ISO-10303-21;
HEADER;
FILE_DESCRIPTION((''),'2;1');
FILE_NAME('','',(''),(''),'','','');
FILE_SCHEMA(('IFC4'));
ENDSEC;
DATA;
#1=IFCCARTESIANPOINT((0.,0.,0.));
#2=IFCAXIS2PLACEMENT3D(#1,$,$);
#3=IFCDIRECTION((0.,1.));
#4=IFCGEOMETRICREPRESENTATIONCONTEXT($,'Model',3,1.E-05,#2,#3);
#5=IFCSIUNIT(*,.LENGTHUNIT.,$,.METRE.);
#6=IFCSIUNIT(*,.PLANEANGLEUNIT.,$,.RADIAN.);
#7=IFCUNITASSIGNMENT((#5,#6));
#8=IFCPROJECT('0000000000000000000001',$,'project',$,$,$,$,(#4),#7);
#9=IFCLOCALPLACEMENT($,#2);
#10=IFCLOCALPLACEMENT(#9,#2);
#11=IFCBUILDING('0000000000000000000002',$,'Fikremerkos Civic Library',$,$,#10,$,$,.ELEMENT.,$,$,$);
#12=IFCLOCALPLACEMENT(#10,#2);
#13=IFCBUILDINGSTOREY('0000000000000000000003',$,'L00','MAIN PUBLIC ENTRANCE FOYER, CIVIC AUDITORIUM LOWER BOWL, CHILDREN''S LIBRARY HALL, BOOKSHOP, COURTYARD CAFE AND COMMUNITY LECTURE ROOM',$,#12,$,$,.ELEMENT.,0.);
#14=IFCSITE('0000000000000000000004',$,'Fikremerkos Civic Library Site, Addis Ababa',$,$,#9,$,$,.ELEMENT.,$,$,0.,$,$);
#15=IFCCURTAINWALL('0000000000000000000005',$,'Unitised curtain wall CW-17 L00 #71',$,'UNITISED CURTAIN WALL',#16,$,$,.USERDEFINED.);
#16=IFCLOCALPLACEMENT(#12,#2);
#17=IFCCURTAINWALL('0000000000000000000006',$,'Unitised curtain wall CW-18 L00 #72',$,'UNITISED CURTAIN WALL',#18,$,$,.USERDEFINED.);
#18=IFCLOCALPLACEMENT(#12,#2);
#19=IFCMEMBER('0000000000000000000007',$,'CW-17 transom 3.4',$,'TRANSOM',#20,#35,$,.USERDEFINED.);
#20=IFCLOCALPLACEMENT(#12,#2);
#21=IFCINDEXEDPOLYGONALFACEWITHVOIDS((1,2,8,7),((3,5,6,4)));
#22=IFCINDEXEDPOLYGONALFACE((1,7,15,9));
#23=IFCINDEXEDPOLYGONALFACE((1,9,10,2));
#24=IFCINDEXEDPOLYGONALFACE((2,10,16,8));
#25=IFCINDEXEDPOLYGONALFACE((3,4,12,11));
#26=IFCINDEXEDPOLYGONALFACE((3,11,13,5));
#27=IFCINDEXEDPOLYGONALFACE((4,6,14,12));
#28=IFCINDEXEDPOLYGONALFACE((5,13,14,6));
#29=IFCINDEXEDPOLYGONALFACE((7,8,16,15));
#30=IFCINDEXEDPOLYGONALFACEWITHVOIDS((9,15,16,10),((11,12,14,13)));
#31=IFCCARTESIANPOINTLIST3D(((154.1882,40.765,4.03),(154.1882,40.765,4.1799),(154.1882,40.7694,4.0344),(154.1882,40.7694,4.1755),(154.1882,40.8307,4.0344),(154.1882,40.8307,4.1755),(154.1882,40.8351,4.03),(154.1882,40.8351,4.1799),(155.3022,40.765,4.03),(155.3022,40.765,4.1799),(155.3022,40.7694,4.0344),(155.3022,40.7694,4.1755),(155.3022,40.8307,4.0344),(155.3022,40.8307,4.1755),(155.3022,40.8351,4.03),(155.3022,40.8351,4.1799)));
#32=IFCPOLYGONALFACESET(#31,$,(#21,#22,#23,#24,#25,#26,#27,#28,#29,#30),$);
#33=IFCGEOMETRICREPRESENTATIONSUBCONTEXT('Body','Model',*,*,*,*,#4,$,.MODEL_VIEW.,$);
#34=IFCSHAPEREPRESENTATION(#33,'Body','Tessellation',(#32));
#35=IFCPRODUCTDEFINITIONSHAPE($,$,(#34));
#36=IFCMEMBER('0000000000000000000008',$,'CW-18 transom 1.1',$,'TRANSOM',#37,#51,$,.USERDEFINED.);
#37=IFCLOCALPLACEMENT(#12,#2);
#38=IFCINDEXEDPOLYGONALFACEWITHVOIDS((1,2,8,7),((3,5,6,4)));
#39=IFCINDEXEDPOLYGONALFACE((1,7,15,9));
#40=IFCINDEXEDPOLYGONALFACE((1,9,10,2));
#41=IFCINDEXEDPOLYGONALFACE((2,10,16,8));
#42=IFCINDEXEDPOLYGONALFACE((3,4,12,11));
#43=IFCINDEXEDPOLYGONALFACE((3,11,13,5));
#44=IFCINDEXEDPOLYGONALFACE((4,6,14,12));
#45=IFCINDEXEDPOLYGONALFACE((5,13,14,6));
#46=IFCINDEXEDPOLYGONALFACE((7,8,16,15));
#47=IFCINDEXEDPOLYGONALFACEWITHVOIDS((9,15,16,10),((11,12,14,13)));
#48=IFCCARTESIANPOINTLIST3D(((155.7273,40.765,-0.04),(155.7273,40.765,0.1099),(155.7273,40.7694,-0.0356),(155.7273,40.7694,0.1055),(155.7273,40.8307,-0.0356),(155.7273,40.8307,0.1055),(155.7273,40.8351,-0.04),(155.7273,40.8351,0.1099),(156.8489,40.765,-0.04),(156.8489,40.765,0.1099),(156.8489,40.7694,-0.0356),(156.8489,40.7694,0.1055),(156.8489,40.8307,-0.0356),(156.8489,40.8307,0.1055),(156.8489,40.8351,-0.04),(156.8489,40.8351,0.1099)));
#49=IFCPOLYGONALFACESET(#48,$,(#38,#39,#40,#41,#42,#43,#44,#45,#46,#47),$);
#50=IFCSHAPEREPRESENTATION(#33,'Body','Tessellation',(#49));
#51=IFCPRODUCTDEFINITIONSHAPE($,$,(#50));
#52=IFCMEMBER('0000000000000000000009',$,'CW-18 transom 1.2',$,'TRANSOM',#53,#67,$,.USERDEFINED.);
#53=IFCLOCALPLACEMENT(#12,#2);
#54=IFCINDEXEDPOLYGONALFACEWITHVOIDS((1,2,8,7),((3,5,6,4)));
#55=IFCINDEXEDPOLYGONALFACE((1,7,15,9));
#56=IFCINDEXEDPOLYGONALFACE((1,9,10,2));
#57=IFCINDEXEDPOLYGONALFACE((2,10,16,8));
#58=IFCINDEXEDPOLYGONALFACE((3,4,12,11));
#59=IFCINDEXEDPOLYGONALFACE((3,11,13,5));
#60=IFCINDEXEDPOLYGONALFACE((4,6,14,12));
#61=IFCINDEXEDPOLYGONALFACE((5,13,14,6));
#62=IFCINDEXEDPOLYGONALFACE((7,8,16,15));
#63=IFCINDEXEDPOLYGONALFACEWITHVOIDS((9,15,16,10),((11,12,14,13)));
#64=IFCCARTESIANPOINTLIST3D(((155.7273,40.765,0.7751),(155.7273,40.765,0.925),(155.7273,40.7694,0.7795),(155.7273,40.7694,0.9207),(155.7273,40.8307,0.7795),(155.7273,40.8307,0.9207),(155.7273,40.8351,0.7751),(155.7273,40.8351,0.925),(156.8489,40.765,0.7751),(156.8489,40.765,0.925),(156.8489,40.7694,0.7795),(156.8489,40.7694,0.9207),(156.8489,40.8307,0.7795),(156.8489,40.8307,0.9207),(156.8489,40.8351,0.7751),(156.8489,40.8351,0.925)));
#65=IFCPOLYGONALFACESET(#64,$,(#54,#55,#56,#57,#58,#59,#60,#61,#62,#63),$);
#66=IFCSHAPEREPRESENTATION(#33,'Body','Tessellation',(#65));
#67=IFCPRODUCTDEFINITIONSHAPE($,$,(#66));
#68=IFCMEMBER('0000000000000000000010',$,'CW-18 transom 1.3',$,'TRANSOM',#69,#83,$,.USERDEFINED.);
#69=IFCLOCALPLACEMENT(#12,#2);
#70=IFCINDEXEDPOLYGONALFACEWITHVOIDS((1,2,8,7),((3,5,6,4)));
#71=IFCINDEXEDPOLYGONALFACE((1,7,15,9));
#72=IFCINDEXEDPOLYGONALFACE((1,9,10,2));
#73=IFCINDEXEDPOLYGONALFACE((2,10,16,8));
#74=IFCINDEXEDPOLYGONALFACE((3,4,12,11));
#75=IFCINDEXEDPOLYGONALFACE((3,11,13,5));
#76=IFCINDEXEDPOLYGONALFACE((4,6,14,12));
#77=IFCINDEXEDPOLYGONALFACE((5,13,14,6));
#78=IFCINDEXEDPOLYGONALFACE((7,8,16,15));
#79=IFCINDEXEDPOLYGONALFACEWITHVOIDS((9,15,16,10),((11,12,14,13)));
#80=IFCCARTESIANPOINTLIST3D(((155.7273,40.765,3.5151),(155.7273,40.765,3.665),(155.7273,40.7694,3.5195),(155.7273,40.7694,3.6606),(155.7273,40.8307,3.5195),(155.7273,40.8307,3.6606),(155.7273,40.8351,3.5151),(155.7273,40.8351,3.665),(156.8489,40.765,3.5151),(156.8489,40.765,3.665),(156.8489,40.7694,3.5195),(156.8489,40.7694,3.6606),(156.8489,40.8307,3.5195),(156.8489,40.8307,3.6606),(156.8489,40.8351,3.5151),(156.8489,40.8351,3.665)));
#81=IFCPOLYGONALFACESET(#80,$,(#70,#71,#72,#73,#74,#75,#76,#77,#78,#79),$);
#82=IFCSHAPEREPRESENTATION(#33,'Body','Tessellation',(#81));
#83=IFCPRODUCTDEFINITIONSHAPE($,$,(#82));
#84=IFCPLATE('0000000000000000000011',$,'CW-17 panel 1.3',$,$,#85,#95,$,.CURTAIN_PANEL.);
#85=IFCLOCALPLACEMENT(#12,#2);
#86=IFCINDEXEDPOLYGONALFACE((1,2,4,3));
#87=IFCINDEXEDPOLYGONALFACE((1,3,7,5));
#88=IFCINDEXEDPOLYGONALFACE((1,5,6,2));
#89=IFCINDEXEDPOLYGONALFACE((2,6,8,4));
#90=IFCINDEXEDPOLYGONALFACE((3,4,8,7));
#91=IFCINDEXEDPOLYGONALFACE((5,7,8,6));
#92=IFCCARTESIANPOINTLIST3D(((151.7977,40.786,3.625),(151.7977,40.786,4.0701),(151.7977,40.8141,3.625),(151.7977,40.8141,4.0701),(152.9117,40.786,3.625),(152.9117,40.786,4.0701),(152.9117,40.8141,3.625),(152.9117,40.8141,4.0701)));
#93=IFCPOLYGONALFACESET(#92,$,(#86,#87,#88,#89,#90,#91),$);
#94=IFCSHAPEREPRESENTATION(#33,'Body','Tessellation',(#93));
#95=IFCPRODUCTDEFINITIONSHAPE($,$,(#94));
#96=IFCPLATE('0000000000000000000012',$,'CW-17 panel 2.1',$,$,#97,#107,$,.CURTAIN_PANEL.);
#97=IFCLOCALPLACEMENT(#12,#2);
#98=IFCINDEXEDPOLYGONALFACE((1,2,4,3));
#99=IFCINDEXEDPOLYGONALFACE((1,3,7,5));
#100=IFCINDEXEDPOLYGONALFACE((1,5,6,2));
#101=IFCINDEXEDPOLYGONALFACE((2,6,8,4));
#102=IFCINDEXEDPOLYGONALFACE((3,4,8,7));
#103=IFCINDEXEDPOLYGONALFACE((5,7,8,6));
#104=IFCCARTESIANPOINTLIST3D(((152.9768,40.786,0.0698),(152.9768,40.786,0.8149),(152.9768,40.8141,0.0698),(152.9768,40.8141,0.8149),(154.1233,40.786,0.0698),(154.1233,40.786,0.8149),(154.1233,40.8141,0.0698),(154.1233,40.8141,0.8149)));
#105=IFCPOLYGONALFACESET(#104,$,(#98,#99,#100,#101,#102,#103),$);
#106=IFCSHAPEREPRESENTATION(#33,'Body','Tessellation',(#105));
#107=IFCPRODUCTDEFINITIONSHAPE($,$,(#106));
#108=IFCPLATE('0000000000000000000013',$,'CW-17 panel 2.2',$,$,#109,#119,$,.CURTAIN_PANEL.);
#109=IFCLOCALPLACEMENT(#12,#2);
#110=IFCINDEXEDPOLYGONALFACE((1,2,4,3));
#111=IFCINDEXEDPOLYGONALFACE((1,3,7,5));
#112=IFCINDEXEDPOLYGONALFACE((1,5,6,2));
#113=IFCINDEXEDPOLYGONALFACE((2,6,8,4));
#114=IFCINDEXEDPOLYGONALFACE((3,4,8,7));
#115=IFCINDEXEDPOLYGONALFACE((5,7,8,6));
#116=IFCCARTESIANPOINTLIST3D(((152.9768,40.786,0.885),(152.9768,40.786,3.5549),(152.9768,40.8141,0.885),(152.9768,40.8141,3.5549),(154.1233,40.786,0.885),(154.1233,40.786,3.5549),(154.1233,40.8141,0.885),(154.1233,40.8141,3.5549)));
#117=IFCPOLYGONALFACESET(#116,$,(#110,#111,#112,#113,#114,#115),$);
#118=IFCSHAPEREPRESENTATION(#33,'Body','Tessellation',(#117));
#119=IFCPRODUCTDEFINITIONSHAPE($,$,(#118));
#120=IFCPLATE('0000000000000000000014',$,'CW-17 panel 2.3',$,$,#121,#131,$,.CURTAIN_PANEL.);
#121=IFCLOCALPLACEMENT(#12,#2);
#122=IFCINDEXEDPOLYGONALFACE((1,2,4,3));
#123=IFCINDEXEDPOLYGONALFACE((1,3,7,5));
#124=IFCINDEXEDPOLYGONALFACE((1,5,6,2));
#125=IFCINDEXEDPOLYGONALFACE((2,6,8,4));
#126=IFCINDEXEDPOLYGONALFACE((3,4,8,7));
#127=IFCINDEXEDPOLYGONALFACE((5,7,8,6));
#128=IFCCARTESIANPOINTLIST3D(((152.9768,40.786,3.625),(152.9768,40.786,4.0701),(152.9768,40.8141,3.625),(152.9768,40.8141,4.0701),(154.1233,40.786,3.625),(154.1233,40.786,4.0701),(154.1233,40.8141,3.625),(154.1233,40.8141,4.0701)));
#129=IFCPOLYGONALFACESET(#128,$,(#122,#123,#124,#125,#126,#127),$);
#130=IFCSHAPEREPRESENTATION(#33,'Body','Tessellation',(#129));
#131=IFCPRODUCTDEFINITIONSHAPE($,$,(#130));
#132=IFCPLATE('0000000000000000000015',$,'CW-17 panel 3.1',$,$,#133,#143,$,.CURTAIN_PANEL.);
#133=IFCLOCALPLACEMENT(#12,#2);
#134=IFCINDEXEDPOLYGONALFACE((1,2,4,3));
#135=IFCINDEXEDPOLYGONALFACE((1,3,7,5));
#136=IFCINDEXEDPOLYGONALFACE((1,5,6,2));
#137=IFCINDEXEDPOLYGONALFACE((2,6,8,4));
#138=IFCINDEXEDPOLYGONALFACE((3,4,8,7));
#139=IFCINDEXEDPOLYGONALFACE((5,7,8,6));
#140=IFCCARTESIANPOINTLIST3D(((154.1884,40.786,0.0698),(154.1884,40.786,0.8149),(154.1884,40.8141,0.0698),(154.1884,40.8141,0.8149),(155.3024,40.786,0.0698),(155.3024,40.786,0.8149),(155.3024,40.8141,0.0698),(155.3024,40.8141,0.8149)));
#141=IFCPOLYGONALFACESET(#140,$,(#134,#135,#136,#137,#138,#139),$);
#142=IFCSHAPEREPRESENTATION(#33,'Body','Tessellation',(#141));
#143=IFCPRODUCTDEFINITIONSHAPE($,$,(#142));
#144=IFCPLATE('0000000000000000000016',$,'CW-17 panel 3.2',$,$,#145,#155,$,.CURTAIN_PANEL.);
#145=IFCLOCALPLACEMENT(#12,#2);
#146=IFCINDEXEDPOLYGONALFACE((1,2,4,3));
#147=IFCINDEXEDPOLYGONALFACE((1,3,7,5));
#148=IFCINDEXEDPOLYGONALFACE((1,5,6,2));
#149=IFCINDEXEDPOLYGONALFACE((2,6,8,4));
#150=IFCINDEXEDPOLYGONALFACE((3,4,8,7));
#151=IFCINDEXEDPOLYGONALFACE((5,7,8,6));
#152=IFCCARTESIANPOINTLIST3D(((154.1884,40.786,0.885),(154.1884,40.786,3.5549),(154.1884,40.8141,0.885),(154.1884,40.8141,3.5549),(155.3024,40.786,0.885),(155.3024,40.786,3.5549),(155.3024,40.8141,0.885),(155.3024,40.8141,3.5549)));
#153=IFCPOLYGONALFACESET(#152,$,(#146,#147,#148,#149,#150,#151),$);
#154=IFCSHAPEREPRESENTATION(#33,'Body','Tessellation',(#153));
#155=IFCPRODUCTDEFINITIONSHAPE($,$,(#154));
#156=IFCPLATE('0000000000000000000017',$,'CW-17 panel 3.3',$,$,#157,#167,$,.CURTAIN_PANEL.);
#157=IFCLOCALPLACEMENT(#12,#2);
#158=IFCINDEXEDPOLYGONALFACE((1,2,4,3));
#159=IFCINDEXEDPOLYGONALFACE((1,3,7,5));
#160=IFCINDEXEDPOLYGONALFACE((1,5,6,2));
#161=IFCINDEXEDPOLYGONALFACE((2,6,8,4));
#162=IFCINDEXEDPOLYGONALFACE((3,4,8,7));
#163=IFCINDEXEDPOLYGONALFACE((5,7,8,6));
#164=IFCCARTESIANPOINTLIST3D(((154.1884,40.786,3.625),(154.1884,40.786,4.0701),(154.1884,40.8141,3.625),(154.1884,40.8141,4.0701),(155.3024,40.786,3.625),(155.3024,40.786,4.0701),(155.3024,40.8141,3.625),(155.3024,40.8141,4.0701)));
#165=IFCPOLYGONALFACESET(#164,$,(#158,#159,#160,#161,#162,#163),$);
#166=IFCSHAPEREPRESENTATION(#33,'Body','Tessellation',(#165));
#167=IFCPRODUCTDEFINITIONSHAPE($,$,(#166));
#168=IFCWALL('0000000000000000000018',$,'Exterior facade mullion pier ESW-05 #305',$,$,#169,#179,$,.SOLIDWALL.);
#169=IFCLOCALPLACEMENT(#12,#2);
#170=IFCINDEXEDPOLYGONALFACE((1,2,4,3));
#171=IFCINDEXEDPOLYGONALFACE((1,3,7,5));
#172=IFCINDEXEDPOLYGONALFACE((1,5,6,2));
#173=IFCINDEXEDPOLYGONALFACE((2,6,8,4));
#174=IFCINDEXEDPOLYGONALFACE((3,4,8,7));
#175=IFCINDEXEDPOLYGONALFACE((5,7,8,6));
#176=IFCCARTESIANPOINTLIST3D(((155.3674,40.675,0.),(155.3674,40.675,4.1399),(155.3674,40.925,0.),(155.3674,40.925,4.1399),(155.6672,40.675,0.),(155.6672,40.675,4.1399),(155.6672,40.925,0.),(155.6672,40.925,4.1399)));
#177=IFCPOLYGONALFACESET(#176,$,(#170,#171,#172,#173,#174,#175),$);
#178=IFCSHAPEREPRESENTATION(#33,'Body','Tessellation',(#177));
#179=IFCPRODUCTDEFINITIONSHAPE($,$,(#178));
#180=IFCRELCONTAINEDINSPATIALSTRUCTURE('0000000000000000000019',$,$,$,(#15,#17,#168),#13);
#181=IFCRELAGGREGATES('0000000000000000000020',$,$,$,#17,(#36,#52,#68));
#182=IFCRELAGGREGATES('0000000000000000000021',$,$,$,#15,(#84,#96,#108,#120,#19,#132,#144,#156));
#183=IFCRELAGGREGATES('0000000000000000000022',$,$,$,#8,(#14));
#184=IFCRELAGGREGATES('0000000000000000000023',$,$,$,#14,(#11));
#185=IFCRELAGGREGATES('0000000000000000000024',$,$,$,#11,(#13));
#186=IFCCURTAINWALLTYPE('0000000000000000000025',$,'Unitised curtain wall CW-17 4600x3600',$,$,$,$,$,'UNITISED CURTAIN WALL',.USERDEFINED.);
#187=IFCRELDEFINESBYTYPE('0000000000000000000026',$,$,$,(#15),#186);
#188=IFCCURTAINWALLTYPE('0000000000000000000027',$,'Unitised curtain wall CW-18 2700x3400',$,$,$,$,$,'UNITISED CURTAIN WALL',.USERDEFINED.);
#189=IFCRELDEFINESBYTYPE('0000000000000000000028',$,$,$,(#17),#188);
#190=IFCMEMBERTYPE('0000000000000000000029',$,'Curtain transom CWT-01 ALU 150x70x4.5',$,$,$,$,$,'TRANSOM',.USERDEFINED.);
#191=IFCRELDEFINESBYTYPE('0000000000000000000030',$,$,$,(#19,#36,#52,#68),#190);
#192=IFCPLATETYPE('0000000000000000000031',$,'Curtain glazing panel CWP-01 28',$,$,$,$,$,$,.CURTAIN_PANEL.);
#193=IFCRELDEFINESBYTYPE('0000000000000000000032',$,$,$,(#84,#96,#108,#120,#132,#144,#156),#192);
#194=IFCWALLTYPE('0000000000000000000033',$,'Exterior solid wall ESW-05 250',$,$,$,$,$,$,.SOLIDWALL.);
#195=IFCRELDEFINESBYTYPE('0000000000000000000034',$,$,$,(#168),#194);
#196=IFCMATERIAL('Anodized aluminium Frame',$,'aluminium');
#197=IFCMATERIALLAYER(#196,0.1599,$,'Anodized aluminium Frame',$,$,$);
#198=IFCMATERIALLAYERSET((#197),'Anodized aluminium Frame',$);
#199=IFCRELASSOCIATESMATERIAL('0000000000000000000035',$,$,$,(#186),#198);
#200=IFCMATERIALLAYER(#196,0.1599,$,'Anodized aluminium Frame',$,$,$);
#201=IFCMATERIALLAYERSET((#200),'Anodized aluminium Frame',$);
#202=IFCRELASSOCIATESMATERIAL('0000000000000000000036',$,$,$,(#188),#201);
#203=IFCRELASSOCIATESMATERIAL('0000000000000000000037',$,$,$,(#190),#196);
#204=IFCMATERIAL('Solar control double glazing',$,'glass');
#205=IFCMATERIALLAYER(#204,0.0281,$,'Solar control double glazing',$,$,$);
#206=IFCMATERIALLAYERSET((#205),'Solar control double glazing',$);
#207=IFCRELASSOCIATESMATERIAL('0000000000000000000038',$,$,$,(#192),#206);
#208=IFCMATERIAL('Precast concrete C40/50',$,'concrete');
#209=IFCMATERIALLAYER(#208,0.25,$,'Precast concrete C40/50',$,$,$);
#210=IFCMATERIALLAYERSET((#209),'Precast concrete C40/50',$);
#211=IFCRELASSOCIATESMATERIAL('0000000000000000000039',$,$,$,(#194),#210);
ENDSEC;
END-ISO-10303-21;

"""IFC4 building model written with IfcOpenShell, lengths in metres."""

from ifc_helpers import new_model, si_unit, direction, frame, frame_2d, origin, origin_2d, place, context, subcontext, project, spatial, rectangle, hollow_rectangle, extrude, material, layer, layer_set, material_profile, profile_set, type_object, element, aggregate, save


model = new_model("IFC4")

# Units and contexts
model_context = context("Model", 3, precision=1e-05, world=origin(), true_north=direction((0.0, 1.0)))
body_context = subcontext(model_context, "Body", "Model", "MODEL_VIEW")
ifc_project = project(units=[si_unit("LENGTHUNIT", "METRE"), si_unit("PLANEANGLEUNIT", "RADIAN")], contexts=[model_context])

# Site, building, storey
site_placement = place(None, origin())
site = spatial("IfcSite", under=ifc_project, at=site_placement, Name="Fikremerkos Civic Library Site, Addis Ababa", CompositionType="ELEMENT", RefElevation=0.0)
building_placement = place(site_placement, origin())
building = spatial("IfcBuilding", under=site, at=building_placement, Name="Fikremerkos Civic Library", CompositionType="ELEMENT")
storey_placement = place(building_placement, origin())
storey = spatial("IfcBuildingStorey", under=building, at=storey_placement, Name="L00", Description="MAIN PUBLIC ENTRANCE FOYER, CIVIC AUDITORIUM LOWER BOWL, CHILDREN'S LIBRARY HALL, BOOKSHOP, COURTYARD CAFE AND COMMUNITY LECTURE ROOM", CompositionType="ELEMENT", Elevation=0.0)

# Curtain wall
ifc_material_1 = material(Name="Anodized aluminium Frame", Category="aluminium")
ifc_layer_1 = layer(ifc_material_1, 0.1599, Name="Anodized aluminium Frame")
ifc_layer_set_1 = layer_set([ifc_layer_1], Name="Anodized aluminium Frame")
curtain_wall_type_1 = type_object("IfcCurtainWallType", Name="Unitised curtain wall CW-17 4600x3600", ElementType="UNITISED CURTAIN WALL", PredefinedType="USERDEFINED", material=ifc_layer_set_1)
curtain_wall_1_placement = place(storey_placement, origin())
curtain_wall_1 = element("IfcCurtainWall", 1, at=curtain_wall_1_placement, inside=storey, type_object=curtain_wall_type_1, Name="Unitised curtain wall CW-17 L00 #71", ObjectType="UNITISED CURTAIN WALL", PredefinedType="USERDEFINED")

# Curtain wall
ifc_layer_2 = layer(ifc_material_1, 0.1599, Name="Anodized aluminium Frame")
ifc_layer_set_2 = layer_set([ifc_layer_2], Name="Anodized aluminium Frame")
curtain_wall_type_2 = type_object("IfcCurtainWallType", Name="Unitised curtain wall CW-18 2700x3400", ElementType="UNITISED CURTAIN WALL", PredefinedType="USERDEFINED", material=ifc_layer_set_2)
curtain_wall_2_placement = place(storey_placement, origin())
curtain_wall_2 = element("IfcCurtainWall", 2, at=curtain_wall_2_placement, inside=storey, type_object=curtain_wall_type_2, Name="Unitised curtain wall CW-18 L00 #72", ObjectType="UNITISED CURTAIN WALL", PredefinedType="USERDEFINED")

# Members
ifc_material_profile_1 = material_profile(ifc_material_1, hollow_rectangle(XDim=0.0701, YDim=0.1499, WallThickness=0.0044, at=origin_2d()), Name="ALU 150x70x4.5")
ifc_profile_set_1 = profile_set([ifc_material_profile_1], Name="Anodized aluminium Frame")
member_type_1 = type_object("IfcMemberType", Name="Curtain transom CWT-01 ALU 150x70x4.5", ElementType="TRANSOM", PredefinedType="USERDEFINED", material=ifc_profile_set_1)
member_1_placement = place(storey_placement, frame((154.1882, 40.8, 4.105), z_axis=(1.0, 0.0, 0.0), x_axis=(0.0, 1.0, 0.0)))
member_1 = element("IfcMember", 3, at=member_1_placement, type_object=member_type_1, Name="CW-17 transom 3.4", ObjectType="TRANSOM", PredefinedType="USERDEFINED", context=body_context, shape_type="SweptSolid", body=[
    extrude(hollow_rectangle(XDim=0.0701, YDim=0.1499, WallThickness=0.0044, at=origin_2d()), origin(), (0.0, 0.0, 1.0), 1.114),
])
member_2_placement = place(storey_placement, frame((155.7273, 40.8, 0.0349), z_axis=(1.0, 0.0, 0.0), x_axis=(0.0, 1.0, 0.0)))
member_2 = element("IfcMember", 4, at=member_2_placement, type_object=member_type_1, Name="CW-18 transom 1.1", ObjectType="TRANSOM", PredefinedType="USERDEFINED", context=body_context, shape_type="SweptSolid", body=[
    extrude(hollow_rectangle(XDim=0.0701, YDim=0.1499, WallThickness=0.0044, at=origin_2d()), origin(), (0.0, 0.0, 1.0), 1.1216),
])
member_3_placement = place(storey_placement, frame((155.7273, 40.8, 0.8501), z_axis=(1.0, 0.0, 0.0), x_axis=(0.0, 1.0, 0.0)))
member_3 = element("IfcMember", 5, at=member_3_placement, type_object=member_type_1, Name="CW-18 transom 1.2", ObjectType="TRANSOM", PredefinedType="USERDEFINED", context=body_context, shape_type="SweptSolid", body=[
    extrude(hollow_rectangle(XDim=0.0701, YDim=0.1499, WallThickness=0.0044, at=origin_2d()), origin(), (0.0, 0.0, 1.0), 1.1216),
])
member_4_placement = place(storey_placement, frame((155.7273, 40.8, 3.5901), z_axis=(1.0, 0.0, 0.0), x_axis=(0.0, 1.0, 0.0)))
member_4 = element("IfcMember", 6, at=member_4_placement, type_object=member_type_1, Name="CW-18 transom 1.3", ObjectType="TRANSOM", PredefinedType="USERDEFINED", context=body_context, shape_type="SweptSolid", body=[
    extrude(hollow_rectangle(XDim=0.0701, YDim=0.1499, WallThickness=0.0044, at=origin_2d()), origin(), (0.0, 0.0, 1.0), 1.1216),
])
aggregate(curtain_wall_2, [member_2, member_3, member_4])

# Plates
ifc_material_2 = material(Name="Solar control double glazing", Category="glass")
ifc_layer_3 = layer(ifc_material_2, 0.0281, Name="Solar control double glazing")
ifc_layer_set_3 = layer_set([ifc_layer_3], Name="Solar control double glazing")
plate_type = type_object("IfcPlateType", Name="Curtain glazing panel CWP-01 28", PredefinedType="CURTAIN_PANEL", material=ifc_layer_set_3)
plate_1_placement = place(storey_placement, frame((152.3547, 40.8, 3.625), z_axis=(0.0, 0.0, 1.0), x_axis=(1.0, 0.0, 0.0)))
plate_1 = element("IfcPlate", 7, at=plate_1_placement, type_object=plate_type, Name="CW-17 panel 1.3", PredefinedType="CURTAIN_PANEL", context=body_context, shape_type="SweptSolid", body=[
    extrude(rectangle(XDim=1.114, YDim=0.0281, at=origin_2d()), origin(), (0.0, 0.0, 1.0), 0.4451),
])
plate_2_placement = place(storey_placement, frame((153.55, 40.8, 0.0698), z_axis=(0.0, 0.0, 1.0), x_axis=(1.0, 0.0, 0.0)))
plate_2 = element("IfcPlate", 8, at=plate_2_placement, type_object=plate_type, Name="CW-17 panel 2.1", PredefinedType="CURTAIN_PANEL", context=body_context, shape_type="SweptSolid", body=[
    extrude(rectangle(XDim=1.1465, YDim=0.0281, at=origin_2d()), origin(), (0.0, 0.0, 1.0), 0.7451),
])
plate_3_placement = place(storey_placement, frame((153.55, 40.8, 0.885), z_axis=(0.0, 0.0, 1.0), x_axis=(1.0, 0.0, 0.0)))
plate_3 = element("IfcPlate", 9, at=plate_3_placement, type_object=plate_type, Name="CW-17 panel 2.2", PredefinedType="CURTAIN_PANEL", context=body_context, shape_type="SweptSolid", body=[
    extrude(rectangle(XDim=1.1465, YDim=0.0281, at=origin_2d()), origin(), (0.0, 0.0, 1.0), 2.6699),
])
plate_4_placement = place(storey_placement, frame((153.55, 40.8, 3.625), z_axis=(0.0, 0.0, 1.0), x_axis=(1.0, 0.0, 0.0)))
plate_4 = element("IfcPlate", 10, at=plate_4_placement, type_object=plate_type, Name="CW-17 panel 2.3", PredefinedType="CURTAIN_PANEL", context=body_context, shape_type="SweptSolid", body=[
    extrude(rectangle(XDim=1.1465, YDim=0.0281, at=origin_2d()), origin(), (0.0, 0.0, 1.0), 0.4451),
])
plate_5_placement = place(storey_placement, frame((154.7454, 40.8, 0.0698), z_axis=(0.0, 0.0, 1.0), x_axis=(1.0, 0.0, 0.0)))
plate_5 = element("IfcPlate", 11, at=plate_5_placement, type_object=plate_type, Name="CW-17 panel 3.1", PredefinedType="CURTAIN_PANEL", context=body_context, shape_type="SweptSolid", body=[
    extrude(rectangle(XDim=1.114, YDim=0.0281, at=origin_2d()), origin(), (0.0, 0.0, 1.0), 0.7451),
])
plate_6_placement = place(storey_placement, frame((154.7454, 40.8, 0.885), z_axis=(0.0, 0.0, 1.0), x_axis=(1.0, 0.0, 0.0)))
plate_6 = element("IfcPlate", 12, at=plate_6_placement, type_object=plate_type, Name="CW-17 panel 3.2", PredefinedType="CURTAIN_PANEL", context=body_context, shape_type="SweptSolid", body=[
    extrude(rectangle(XDim=1.114, YDim=0.0281, at=origin_2d()), origin(), (0.0, 0.0, 1.0), 2.6699),
])
plate_7_placement = place(storey_placement, frame((154.7454, 40.8, 3.625), z_axis=(0.0, 0.0, 1.0), x_axis=(1.0, 0.0, 0.0)))
plate_7 = element("IfcPlate", 13, at=plate_7_placement, type_object=plate_type, Name="CW-17 panel 3.3", PredefinedType="CURTAIN_PANEL", context=body_context, shape_type="SweptSolid", body=[
    extrude(rectangle(XDim=1.114, YDim=0.0281, at=origin_2d()), origin(), (0.0, 0.0, 1.0), 0.4451),
])
aggregate(curtain_wall_1, [plate_1, plate_2, plate_3, plate_4, member_1, plate_5, plate_6, plate_7])

# Wall
ifc_material_3 = material(Name="Precast concrete C40/50", Category="concrete")
ifc_layer_4 = layer(ifc_material_3, 0.25, Name="Precast concrete C40/50")
ifc_layer_set_4 = layer_set([ifc_layer_4], Name="Precast concrete C40/50")
wall_type = type_object("IfcWallType", Name="Exterior solid wall ESW-05 250", PredefinedType="SOLIDWALL", material=ifc_layer_set_4)
wall_placement = place(storey_placement, frame((155.3674, 40.8, 0.0), z_axis=(0.0, 0.0, 1.0), x_axis=(1.0, 0.0, 0.0)))
element("IfcWall", 14, at=wall_placement, inside=storey, type_object=wall_type, Name="Exterior facade mullion pier ESW-05 #305", PredefinedType="SOLIDWALL", context=body_context, shape_type="SweptSolid", body=[
    extrude(rectangle(XDim=0.2998, YDim=0.25, at=frame_2d((0.1499, 0.0))), origin(), (0.0, 0.0, 1.0), 4.1399),
])

save(model, "model.ifc")
